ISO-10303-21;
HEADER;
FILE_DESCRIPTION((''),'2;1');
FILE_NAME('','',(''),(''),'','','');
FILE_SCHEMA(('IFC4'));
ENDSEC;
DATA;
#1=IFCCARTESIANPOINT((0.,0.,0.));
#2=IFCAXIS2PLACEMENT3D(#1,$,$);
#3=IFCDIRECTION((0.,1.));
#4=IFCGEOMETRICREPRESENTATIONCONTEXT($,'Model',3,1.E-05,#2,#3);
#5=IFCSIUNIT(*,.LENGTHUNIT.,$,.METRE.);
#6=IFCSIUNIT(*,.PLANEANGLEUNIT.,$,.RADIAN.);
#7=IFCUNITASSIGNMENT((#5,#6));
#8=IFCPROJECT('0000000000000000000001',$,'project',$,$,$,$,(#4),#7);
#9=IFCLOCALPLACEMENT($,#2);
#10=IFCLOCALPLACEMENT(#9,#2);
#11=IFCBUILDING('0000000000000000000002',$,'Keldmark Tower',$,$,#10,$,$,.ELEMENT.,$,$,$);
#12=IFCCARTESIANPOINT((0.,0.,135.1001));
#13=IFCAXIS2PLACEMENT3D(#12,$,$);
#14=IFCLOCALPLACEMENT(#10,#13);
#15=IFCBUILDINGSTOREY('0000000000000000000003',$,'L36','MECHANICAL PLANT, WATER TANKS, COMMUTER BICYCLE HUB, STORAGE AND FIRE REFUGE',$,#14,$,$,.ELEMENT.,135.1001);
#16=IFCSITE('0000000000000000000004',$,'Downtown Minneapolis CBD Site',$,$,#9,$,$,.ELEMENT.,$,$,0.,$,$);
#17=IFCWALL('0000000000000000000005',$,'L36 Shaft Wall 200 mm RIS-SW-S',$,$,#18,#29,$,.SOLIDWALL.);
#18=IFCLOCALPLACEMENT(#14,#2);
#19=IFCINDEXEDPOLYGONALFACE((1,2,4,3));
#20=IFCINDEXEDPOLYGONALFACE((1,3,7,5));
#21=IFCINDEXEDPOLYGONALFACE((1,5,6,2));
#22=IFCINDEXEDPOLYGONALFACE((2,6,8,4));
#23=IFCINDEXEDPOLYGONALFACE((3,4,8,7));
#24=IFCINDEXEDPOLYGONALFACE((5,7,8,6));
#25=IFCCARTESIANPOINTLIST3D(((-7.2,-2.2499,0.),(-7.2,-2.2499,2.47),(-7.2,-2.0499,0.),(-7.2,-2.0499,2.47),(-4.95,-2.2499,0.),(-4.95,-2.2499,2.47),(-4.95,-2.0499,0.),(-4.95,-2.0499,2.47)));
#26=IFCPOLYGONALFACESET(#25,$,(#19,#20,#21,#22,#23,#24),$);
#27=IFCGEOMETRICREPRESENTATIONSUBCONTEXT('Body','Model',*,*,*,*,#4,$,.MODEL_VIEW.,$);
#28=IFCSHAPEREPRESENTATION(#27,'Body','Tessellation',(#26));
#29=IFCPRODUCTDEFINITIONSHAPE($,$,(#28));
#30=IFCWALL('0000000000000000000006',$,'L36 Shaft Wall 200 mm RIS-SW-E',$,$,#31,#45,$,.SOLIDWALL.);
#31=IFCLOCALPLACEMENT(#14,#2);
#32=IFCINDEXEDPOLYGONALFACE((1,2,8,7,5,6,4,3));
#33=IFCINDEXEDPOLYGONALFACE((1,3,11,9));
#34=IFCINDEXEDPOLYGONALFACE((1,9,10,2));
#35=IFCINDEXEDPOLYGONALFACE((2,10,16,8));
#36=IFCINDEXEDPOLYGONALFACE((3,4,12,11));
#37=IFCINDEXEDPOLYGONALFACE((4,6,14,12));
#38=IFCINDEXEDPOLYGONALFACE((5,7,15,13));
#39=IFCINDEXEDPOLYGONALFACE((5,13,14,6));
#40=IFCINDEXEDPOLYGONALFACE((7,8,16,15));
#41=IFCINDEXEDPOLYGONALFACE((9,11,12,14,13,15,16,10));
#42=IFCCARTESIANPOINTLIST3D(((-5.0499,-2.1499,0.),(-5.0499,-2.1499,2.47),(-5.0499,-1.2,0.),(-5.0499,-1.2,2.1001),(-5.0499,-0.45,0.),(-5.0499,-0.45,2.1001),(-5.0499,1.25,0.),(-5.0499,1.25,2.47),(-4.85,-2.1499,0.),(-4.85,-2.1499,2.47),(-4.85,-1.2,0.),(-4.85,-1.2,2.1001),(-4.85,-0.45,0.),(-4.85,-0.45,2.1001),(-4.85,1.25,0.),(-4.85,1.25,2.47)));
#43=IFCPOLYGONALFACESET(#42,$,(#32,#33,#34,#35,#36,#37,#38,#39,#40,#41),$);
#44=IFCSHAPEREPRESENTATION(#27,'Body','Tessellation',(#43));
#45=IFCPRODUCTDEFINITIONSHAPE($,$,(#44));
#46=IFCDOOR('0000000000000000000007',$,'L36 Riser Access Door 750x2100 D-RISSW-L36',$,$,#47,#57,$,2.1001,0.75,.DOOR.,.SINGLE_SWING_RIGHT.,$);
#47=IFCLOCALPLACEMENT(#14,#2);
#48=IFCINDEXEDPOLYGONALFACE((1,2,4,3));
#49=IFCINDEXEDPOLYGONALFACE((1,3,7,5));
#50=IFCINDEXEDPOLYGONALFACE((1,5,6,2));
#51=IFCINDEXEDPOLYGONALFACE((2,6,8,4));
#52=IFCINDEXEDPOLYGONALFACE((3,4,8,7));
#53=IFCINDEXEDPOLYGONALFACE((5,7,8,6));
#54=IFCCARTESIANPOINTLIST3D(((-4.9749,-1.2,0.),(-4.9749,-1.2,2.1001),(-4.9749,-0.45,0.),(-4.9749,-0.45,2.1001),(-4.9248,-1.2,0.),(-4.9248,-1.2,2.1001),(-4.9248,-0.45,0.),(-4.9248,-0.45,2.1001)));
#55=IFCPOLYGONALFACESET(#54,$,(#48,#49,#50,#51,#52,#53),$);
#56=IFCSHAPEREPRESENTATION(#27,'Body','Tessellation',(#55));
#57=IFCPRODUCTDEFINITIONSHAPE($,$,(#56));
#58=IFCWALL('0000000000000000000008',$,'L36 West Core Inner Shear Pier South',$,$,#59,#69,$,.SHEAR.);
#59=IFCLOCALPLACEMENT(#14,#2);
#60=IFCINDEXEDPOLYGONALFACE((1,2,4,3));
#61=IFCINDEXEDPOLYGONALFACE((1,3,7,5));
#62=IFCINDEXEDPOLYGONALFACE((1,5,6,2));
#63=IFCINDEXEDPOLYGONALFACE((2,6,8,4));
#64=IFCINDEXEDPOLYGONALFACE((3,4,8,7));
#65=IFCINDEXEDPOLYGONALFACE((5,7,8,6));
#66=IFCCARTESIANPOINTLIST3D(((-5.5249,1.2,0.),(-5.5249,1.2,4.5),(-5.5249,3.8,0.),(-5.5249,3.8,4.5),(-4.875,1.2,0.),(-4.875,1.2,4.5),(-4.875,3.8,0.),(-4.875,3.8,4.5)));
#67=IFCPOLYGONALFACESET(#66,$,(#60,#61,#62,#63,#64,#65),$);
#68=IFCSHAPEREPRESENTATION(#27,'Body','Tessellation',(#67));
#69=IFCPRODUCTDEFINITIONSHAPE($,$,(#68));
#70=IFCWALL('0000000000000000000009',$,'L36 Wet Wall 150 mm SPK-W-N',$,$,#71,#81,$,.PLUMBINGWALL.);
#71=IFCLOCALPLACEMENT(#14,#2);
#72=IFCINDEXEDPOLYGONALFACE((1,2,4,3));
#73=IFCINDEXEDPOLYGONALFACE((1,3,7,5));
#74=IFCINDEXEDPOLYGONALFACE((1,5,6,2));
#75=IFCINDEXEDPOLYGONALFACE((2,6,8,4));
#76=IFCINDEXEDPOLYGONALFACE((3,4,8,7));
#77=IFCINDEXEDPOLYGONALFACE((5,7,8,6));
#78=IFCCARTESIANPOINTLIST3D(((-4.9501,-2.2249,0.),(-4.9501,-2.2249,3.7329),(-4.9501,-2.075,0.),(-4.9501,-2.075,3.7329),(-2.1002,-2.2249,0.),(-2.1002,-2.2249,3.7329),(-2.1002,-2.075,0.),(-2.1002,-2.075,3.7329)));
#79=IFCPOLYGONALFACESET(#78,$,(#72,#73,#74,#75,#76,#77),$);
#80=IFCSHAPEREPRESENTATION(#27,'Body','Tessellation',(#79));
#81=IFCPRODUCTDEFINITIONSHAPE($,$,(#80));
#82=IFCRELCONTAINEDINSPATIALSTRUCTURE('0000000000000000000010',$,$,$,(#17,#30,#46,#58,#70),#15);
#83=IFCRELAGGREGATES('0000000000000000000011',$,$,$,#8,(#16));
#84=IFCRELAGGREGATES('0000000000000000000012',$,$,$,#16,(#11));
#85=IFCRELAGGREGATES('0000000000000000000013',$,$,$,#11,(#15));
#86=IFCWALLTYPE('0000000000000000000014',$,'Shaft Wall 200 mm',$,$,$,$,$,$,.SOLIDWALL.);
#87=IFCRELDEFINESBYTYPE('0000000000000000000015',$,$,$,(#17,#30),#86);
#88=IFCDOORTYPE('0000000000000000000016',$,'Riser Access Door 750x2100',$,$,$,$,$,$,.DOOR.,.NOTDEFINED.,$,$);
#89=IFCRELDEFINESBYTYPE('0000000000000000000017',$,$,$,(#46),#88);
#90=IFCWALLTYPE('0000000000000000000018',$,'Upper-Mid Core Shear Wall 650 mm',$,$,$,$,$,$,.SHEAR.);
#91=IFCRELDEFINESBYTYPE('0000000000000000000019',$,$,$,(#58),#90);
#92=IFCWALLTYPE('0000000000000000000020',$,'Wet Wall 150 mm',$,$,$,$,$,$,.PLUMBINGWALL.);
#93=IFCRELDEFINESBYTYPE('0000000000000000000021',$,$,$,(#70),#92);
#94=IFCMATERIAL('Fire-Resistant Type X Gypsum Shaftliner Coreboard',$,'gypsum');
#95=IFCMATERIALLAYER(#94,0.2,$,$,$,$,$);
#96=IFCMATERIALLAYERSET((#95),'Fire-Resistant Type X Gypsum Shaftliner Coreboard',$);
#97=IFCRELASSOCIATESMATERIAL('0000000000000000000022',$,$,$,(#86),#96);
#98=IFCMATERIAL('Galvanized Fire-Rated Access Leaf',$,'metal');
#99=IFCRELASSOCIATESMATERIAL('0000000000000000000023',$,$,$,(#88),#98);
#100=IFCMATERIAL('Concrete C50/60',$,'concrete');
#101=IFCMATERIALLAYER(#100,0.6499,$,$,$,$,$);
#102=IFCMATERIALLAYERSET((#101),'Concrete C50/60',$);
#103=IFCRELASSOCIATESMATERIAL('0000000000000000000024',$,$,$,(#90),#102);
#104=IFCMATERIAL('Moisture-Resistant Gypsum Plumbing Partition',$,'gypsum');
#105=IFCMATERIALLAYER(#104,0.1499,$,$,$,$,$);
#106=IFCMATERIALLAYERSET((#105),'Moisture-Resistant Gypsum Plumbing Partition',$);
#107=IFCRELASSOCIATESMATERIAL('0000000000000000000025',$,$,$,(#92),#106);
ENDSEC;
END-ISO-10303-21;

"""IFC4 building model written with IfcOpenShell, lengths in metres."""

from ifc_helpers import new_model, si_unit, direction, frame, frame_2d, origin, place, context, subcontext, project, spatial, rectangle, extrude, material, layer, layer_set, type_object, element, fill, save


model = new_model("IFC4")

# Units and contexts
model_context = context("Model", 3, precision=1e-05, world=origin(), true_north=direction((0.0, 1.0)))
body_context = subcontext(model_context, "Body", "Model", "MODEL_VIEW")
ifc_project = project(units=[si_unit("LENGTHUNIT", "METRE"), si_unit("PLANEANGLEUNIT", "RADIAN")], contexts=[model_context])

# Site, building, storey
site_placement = place(None, origin())
site = spatial("IfcSite", under=ifc_project, at=site_placement, Name="Downtown Minneapolis CBD Site", CompositionType="ELEMENT", RefElevation=0.0)
building_placement = place(site_placement, origin())
building = spatial("IfcBuilding", under=site, at=building_placement, Name="Keldmark Tower", CompositionType="ELEMENT")
storey_placement = place(building_placement, frame((0.0, 0.0, 135.1001)))
storey = spatial("IfcBuildingStorey", under=building, at=storey_placement, Name="L36", Description="MECHANICAL PLANT, WATER TANKS, COMMUTER BICYCLE HUB, STORAGE AND FIRE REFUGE", CompositionType="ELEMENT", Elevation=135.1001)

# Wall
ifc_material_1 = material(Name="Fire-Resistant Type X Gypsum Shaftliner Coreboard", Category="gypsum")
ifc_layer_1 = layer(ifc_material_1, 0.2)
ifc_layer_set_1 = layer_set([ifc_layer_1], Name="Fire-Resistant Type X Gypsum Shaftliner Coreboard")
wall_type_1 = type_object("IfcWallType", Name="Shaft Wall 200 mm", PredefinedType="SOLIDWALL", material=ifc_layer_set_1)
wall_1_placement = place(storey_placement, frame((-7.2, -2.1499, 0.0), z_axis=(0.0, 0.0, 1.0), x_axis=(1.0, 0.0, 0.0)))
element("IfcWall", 1, at=wall_1_placement, inside=storey, type_object=wall_type_1, Name="L36 Shaft Wall 200 mm RIS-SW-S", PredefinedType="SOLIDWALL", context=body_context, shape_type="SweptSolid", body=[
    extrude(rectangle(XDim=2.25, YDim=0.2, at=frame_2d((1.125, 0.0))), origin(), (0.0, 0.0, 1.0), 2.47),
])

# Wall, opening, door
wall_2_placement = place(storey_placement, frame((-4.95, -2.1499, 0.0), z_axis=(0.0, 0.0, 1.0), x_axis=(0.0, 1.0, 0.0)))
wall_2 = element("IfcWall", 2, at=wall_2_placement, inside=storey, type_object=wall_type_1, Name="L36 Shaft Wall 200 mm RIS-SW-E", PredefinedType="SOLIDWALL", context=body_context, shape_type="SweptSolid", body=[
    extrude(rectangle(XDim=3.3999, YDim=0.2, at=frame_2d((1.7, 0.0))), origin(), (0.0, 0.0, 1.0), 2.47),
])
opening_1_placement = place(wall_2_placement, frame((0.95, 0.0, 0.0)))
opening_1 = element("IfcOpeningElement", 3, at=opening_1_placement, cuts=wall_2, PredefinedType="OPENING", context=body_context, shape_type="SweptSolid", body=[
    extrude(rectangle(XDim=0.75, YDim=2.1001, at=frame_2d((0.375, 1.05))), frame((0.0, 0.1099, 0.0), z_axis=(0.0, -1.0, 0.0), x_axis=(1.0, 0.0, 0.0)), (0.0, 0.0, 1.0), 0.22),
])
ifc_material_2 = material(Name="Galvanized Fire-Rated Access Leaf", Category="metal")
door_type_1 = type_object("IfcDoorType", Name="Riser Access Door 750x2100", OperationType="NOTDEFINED", PredefinedType="DOOR", material=ifc_material_2)
door_1_placement = place(opening_1_placement, origin())
door_1 = element("IfcDoor", 4, at=door_1_placement, inside=storey, type_object=door_type_1, Name="L36 Riser Access Door 750x2100 D-RISSW-L36", OperationType="SINGLE_SWING_RIGHT", OverallHeight=2.1001, OverallWidth=0.75, PredefinedType="DOOR", context=body_context, shape_type="SweptSolid", body=[
    extrude(rectangle(XDim=0.75, YDim=2.1001, at=frame_2d((0.375, 1.05))), frame((0.0, 0.0249, 0.0), z_axis=(0.0, -1.0, 0.0), x_axis=(1.0, 0.0, 0.0)), (0.0, 0.0, 1.0), 0.05),
])
fill(opening_1, door_1)

# Shared definitions
ifc_material_3 = material(Name="Concrete C50/60", Category="concrete")
ifc_layer_2 = layer(ifc_material_3, 0.6499)
ifc_layer_set_2 = layer_set([ifc_layer_2], Name="Concrete C50/60")
wall_type_2 = type_object("IfcWallType", Name="Upper-Mid Core Shear Wall 650 mm", PredefinedType="SHEAR", material=ifc_layer_set_2)

# Walls
wall_3_placement = place(storey_placement, frame((-5.2, 1.2, 0.0), z_axis=(0.0, 0.0, 1.0), x_axis=(0.0, 1.0, 0.0)))
element("IfcWall", 5, at=wall_3_placement, inside=storey, type_object=wall_type_2, Name="L36 West Core Inner Shear Pier South", PredefinedType="SHEAR", context=body_context, shape_type="SweptSolid", body=[
    extrude(rectangle(XDim=2.6001, YDim=0.6499, at=frame_2d((1.3, 0.0))), origin(), (0.0, 0.0, 1.0), 4.5),
])
ifc_material_4 = material(Name="Moisture-Resistant Gypsum Plumbing Partition", Category="gypsum")
ifc_layer_3 = layer(ifc_material_4, 0.1499)
ifc_layer_set_3 = layer_set([ifc_layer_3], Name="Moisture-Resistant Gypsum Plumbing Partition")
wall_type_3 = type_object("IfcWallType", Name="Wet Wall 150 mm", PredefinedType="PLUMBINGWALL", material=ifc_layer_set_3)
wall_4_placement = place(storey_placement, frame((-4.95, -2.1499, 0.0), z_axis=(0.0, 0.0, 1.0), x_axis=(1.0, 0.0, 0.0)))
element("IfcWall", 6, at=wall_4_placement, inside=storey, type_object=wall_type_3, Name="L36 Wet Wall 150 mm SPK-W-N", PredefinedType="PLUMBINGWALL", context=body_context, shape_type="SweptSolid", body=[
    extrude(rectangle(XDim=2.8499, YDim=0.1499, at=frame_2d((1.4248, 0.0))), origin(), (0.0, 0.0, 1.0), 3.7329),
])

save(model, "model.ifc")
